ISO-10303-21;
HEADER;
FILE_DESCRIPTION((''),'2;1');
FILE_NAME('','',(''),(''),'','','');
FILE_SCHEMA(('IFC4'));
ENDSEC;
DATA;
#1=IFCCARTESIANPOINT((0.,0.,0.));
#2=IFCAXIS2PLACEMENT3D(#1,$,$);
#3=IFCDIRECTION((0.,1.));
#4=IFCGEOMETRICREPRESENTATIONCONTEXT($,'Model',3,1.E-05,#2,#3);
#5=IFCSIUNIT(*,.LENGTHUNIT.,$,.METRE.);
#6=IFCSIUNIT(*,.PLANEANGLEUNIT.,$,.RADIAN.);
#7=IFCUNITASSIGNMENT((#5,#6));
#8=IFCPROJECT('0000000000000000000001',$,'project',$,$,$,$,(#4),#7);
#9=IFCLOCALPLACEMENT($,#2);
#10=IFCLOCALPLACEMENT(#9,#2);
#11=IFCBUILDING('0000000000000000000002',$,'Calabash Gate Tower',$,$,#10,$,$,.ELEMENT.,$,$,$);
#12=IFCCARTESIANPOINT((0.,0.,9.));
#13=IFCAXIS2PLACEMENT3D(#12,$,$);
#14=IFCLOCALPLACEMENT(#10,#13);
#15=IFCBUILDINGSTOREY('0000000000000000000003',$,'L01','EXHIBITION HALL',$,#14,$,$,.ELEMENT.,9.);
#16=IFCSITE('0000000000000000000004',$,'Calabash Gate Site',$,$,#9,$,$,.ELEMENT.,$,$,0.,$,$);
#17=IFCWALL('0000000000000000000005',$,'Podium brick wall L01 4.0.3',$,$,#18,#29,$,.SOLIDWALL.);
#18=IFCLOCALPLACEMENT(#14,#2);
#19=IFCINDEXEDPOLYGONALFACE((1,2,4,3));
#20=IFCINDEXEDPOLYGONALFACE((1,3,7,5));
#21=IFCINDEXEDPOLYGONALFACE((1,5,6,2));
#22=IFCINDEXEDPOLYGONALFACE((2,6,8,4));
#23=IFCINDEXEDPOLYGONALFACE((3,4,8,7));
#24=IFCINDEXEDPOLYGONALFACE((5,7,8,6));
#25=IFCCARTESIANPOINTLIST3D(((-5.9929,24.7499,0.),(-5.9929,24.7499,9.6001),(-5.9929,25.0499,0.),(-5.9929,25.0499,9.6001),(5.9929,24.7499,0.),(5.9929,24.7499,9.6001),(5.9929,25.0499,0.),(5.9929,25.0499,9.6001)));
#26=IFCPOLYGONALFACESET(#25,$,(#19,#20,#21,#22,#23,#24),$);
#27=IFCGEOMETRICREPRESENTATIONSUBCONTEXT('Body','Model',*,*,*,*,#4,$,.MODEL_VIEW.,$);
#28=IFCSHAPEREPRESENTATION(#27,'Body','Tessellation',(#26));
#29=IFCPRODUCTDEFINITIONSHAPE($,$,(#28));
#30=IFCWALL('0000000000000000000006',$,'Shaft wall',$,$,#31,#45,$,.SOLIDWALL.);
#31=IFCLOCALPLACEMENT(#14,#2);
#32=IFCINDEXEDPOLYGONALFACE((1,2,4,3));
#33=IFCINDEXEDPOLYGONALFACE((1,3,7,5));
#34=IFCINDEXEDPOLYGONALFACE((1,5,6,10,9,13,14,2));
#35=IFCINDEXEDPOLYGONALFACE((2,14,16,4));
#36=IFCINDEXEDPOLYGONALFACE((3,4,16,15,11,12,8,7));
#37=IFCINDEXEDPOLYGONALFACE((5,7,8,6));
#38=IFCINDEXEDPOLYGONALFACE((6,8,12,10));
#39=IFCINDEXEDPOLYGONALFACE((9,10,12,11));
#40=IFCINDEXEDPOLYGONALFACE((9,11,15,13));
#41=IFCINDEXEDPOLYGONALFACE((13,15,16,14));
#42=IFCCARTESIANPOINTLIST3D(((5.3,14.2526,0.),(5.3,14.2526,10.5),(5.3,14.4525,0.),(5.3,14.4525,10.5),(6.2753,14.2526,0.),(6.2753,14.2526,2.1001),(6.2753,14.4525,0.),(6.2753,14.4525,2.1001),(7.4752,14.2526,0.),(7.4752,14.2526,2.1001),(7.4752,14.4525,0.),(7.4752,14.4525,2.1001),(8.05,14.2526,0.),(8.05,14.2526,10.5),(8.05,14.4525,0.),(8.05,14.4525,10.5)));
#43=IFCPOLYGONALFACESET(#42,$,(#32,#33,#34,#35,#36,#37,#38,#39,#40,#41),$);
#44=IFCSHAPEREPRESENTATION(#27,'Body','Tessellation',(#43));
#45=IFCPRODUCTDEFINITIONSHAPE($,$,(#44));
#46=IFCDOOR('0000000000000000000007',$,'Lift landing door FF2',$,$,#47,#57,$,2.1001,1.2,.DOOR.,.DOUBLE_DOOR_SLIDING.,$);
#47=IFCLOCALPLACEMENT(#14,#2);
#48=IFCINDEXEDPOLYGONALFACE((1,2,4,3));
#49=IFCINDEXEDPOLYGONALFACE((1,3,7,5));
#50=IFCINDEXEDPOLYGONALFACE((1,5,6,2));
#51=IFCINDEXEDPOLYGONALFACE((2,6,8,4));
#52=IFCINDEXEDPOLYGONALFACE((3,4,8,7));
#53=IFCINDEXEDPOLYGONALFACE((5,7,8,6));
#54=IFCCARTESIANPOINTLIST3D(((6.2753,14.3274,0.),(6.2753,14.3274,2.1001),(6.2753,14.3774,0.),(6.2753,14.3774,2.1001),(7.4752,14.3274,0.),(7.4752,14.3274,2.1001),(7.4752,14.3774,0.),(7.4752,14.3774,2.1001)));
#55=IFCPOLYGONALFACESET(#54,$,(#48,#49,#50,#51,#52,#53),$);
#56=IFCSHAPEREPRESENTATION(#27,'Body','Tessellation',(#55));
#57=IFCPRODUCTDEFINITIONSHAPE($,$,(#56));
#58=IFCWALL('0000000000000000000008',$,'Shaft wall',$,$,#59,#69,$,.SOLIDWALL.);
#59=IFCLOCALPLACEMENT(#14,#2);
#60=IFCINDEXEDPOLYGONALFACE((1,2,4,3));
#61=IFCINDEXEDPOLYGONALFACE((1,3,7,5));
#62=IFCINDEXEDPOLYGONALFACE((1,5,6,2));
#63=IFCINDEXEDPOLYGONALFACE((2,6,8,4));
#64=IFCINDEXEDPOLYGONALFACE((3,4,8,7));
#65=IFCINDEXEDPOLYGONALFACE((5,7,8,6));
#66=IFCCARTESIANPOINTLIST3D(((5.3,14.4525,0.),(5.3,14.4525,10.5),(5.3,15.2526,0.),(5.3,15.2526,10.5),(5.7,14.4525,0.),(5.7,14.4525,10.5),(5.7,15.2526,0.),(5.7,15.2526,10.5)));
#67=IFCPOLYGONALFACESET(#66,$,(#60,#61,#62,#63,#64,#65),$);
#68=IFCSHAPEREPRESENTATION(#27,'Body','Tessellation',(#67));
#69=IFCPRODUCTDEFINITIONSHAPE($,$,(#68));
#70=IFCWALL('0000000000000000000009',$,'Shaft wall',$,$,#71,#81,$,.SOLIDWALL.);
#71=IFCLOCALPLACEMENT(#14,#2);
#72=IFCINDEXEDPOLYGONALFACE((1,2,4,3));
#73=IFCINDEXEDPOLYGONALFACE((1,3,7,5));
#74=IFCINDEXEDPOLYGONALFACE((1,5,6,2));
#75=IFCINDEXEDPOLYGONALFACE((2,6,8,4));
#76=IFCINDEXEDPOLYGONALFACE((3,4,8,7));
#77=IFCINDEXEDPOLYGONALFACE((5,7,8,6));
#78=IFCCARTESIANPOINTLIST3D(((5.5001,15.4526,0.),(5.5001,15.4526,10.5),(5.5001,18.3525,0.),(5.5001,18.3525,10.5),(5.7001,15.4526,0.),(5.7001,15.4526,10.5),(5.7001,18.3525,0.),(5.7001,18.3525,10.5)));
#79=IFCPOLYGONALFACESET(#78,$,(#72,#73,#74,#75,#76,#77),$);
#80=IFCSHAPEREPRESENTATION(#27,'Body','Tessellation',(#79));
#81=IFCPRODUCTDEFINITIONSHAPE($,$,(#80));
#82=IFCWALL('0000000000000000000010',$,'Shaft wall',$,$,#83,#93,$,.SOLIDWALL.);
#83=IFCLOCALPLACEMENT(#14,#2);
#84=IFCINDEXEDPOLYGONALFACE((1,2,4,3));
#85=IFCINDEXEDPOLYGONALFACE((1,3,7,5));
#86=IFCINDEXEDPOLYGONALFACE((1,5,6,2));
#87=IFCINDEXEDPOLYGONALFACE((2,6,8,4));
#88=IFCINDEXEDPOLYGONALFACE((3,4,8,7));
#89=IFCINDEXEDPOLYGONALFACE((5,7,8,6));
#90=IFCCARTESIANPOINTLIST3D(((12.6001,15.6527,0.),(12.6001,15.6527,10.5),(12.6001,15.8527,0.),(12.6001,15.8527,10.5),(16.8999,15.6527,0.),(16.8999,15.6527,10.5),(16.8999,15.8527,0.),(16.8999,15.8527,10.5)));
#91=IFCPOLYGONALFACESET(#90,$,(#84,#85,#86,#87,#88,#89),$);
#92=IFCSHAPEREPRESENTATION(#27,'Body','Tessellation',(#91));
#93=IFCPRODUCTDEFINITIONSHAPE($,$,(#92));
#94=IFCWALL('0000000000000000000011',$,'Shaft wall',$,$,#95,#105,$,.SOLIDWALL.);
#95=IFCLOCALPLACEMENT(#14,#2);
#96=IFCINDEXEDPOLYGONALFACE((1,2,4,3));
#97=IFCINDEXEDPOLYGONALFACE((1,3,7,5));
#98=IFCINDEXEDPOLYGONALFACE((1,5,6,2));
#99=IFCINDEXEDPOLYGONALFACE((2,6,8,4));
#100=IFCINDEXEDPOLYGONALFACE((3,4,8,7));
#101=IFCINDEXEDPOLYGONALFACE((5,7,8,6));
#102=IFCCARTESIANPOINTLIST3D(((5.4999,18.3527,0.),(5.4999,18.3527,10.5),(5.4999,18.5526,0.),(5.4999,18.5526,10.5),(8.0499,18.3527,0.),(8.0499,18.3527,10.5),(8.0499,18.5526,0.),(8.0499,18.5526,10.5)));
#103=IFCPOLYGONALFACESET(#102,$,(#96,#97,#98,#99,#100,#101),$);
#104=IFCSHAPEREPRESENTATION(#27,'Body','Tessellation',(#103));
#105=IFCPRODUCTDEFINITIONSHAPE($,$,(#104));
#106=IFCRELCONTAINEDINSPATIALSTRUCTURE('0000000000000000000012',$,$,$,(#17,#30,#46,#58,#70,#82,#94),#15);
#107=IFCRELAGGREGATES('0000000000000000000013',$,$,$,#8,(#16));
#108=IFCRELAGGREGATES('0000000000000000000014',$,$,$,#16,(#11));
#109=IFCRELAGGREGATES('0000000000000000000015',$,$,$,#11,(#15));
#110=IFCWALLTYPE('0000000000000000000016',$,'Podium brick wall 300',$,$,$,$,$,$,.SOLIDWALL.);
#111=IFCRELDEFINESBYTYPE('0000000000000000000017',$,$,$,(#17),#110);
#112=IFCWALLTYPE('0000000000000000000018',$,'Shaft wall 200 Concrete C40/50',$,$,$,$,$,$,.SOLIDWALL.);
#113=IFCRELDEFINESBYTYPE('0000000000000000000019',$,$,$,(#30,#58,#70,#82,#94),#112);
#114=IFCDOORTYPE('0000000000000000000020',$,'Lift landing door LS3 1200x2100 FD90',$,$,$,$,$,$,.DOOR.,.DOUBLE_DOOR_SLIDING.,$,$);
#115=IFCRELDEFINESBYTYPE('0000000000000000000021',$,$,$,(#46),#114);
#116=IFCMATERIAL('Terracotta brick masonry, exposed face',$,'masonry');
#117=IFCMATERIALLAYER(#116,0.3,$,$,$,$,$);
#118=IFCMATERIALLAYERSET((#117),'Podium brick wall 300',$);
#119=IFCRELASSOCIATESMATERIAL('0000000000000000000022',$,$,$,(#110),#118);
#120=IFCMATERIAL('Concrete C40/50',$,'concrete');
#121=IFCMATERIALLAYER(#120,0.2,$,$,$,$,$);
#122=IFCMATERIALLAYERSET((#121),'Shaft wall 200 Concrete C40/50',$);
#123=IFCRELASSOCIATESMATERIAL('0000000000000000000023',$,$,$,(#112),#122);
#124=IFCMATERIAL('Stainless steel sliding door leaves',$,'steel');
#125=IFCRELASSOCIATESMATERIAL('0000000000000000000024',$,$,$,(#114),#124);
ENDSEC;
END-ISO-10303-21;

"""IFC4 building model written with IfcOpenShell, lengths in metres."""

from ifc_helpers import new_model, si_unit, direction, frame, frame_2d, origin, place, context, subcontext, project, spatial, rectangle, extrude, material, layer, layer_set, type_object, element, fill, save


model = new_model("IFC4")

# Units and contexts
model_context = context("Model", 3, precision=1e-05, world=origin(), true_north=direction((0.0, 1.0)))
body_context = subcontext(model_context, "Body", "Model", "MODEL_VIEW")
ifc_project = project(units=[si_unit("LENGTHUNIT", "METRE"), si_unit("PLANEANGLEUNIT", "RADIAN")], contexts=[model_context])

# Site, building, storey
site_placement = place(None, origin())
site = spatial("IfcSite", under=ifc_project, at=site_placement, Name="Calabash Gate Site", CompositionType="ELEMENT", RefElevation=0.0)
building_placement = place(site_placement, origin())
building = spatial("IfcBuilding", under=site, at=building_placement, Name="Calabash Gate Tower", CompositionType="ELEMENT")
storey_placement = place(building_placement, frame((0.0, 0.0, 9.0)))
storey = spatial("IfcBuildingStorey", under=building, at=storey_placement, Name="L01", Description="EXHIBITION HALL", CompositionType="ELEMENT", Elevation=9.0)

# Wall
ifc_material_1 = material(Name="Terracotta brick masonry, exposed face", Category="masonry")
ifc_layer_1 = layer(ifc_material_1, 0.3)
ifc_layer_set_1 = layer_set([ifc_layer_1], Name="Podium brick wall 300")
wall_type_1 = type_object("IfcWallType", Name="Podium brick wall 300", PredefinedType="SOLIDWALL", material=ifc_layer_set_1)
wall_1_placement = place(storey_placement, frame((5.9929, 24.8999, 0.0), z_axis=(0.0, 0.0, 1.0), x_axis=(-1.0, 0.0, 0.0)))
element("IfcWall", 1, at=wall_1_placement, inside=storey, type_object=wall_type_1, Name="Podium brick wall L01 4.0.3", PredefinedType="SOLIDWALL", context=body_context, shape_type="SweptSolid", body=[
    extrude(rectangle(XDim=11.9858, YDim=0.3, at=frame_2d((5.9929, 0.0))), origin(), (0.0, 0.0, 1.0), 9.6001),
])

# Wall, opening, door
ifc_material_2 = material(Name="Concrete C40/50", Category="concrete")
ifc_layer_2 = layer(ifc_material_2, 0.2)
ifc_layer_set_2 = layer_set([ifc_layer_2], Name="Shaft wall 200 Concrete C40/50")
wall_type_2 = type_object("IfcWallType", Name="Shaft wall 200 Concrete C40/50", PredefinedType="SOLIDWALL", material=ifc_layer_set_2)
wall_2_placement = place(storey_placement, frame((5.3, 14.3525, 0.0), z_axis=(0.0, 0.0, 1.0), x_axis=(1.0, 0.0, 0.0)))
wall_2 = element("IfcWall", 2, at=wall_2_placement, inside=storey, type_object=wall_type_2, Name="Shaft wall", PredefinedType="SOLIDWALL", context=body_context, shape_type="SweptSolid", body=[
    extrude(rectangle(XDim=2.75, YDim=0.2, at=frame_2d((1.375, 0.0))), origin(), (0.0, 0.0, 1.0), 10.5),
])
opening_placement = place(wall_2_placement, frame((0.9751, 0.0, 0.0)))
opening = element("IfcOpeningElement", 3, at=opening_placement, cuts=wall_2, PredefinedType="OPENING", context=body_context, shape_type="SweptSolid", body=[
    extrude(rectangle(XDim=1.2, YDim=2.1001, at=frame_2d((0.6001, 1.05))), frame((0.0, 0.1099, 0.0), z_axis=(0.0, -1.0, 0.0), x_axis=(1.0, 0.0, 0.0)), (0.0, 0.0, 1.0), 0.22),
])
ifc_material_3 = material(Name="Stainless steel sliding door leaves", Category="steel")
door_type = type_object("IfcDoorType", Name="Lift landing door LS3 1200x2100 FD90", OperationType="DOUBLE_DOOR_SLIDING", PredefinedType="DOOR", material=ifc_material_3)
door_placement = place(opening_placement, origin())
door = element("IfcDoor", 4, at=door_placement, inside=storey, type_object=door_type, Name="Lift landing door FF2", OperationType="DOUBLE_DOOR_SLIDING", OverallHeight=2.1001, OverallWidth=1.2, PredefinedType="DOOR", context=body_context, shape_type="SweptSolid", body=[
    extrude(rectangle(XDim=1.2, YDim=2.1001, at=frame_2d((0.6001, 1.05))), frame((0.0, 0.0249, 0.0), z_axis=(0.0, -1.0, 0.0), x_axis=(1.0, 0.0, 0.0)), (0.0, 0.0, 1.0), 0.05),
])
fill(opening, door)

# Walls
wall_3_placement = place(storey_placement, frame((5.5, 14.4526, 0.0), z_axis=(0.0, 0.0, 1.0), x_axis=(0.0, 1.0, 0.0)))
element("IfcWall", 5, at=wall_3_placement, inside=storey, type_object=wall_type_2, Name="Shaft wall", PredefinedType="SOLIDWALL", context=body_context, shape_type="SweptSolid", body=[
    extrude(rectangle(XDim=0.8, YDim=0.3999, at=frame_2d((0.3999, 0.0))), origin(), (0.0, 0.0, 1.0), 10.5),
])
wall_4_placement = place(storey_placement, frame((5.6001, 15.4526, 0.0), z_axis=(0.0, 0.0, 1.0), x_axis=(0.0, 1.0, 0.0)))
element("IfcWall", 6, at=wall_4_placement, inside=storey, type_object=wall_type_2, Name="Shaft wall", PredefinedType="SOLIDWALL", context=body_context, shape_type="SweptSolid", body=[
    extrude(rectangle(XDim=2.8999, YDim=0.2, at=frame_2d((1.45, 0.0))), origin(), (0.0, 0.0, 1.0), 10.5),
])
wall_5_placement = place(storey_placement, frame((12.6001, 15.7527, 0.0), z_axis=(0.0, 0.0, 1.0), x_axis=(1.0, 0.0, 0.0)))
element("IfcWall", 7, at=wall_5_placement, inside=storey, type_object=wall_type_2, Name="Shaft wall", PredefinedType="SOLIDWALL", context=body_context, shape_type="SweptSolid", body=[
    extrude(rectangle(XDim=4.2998, YDim=0.2, at=frame_2d((2.1499, 0.0))), origin(), (0.0, 0.0, 1.0), 10.5),
])
wall_6_placement = place(storey_placement, frame((5.5, 18.4526, 0.0), z_axis=(0.0, 0.0, 1.0), x_axis=(1.0, 0.0, 0.0)))
element("IfcWall", 8, at=wall_6_placement, inside=storey, type_object=wall_type_2, Name="Shaft wall", PredefinedType="SOLIDWALL", context=body_context, shape_type="SweptSolid", body=[
    extrude(rectangle(XDim=2.55, YDim=0.2, at=frame_2d((1.2749, 0.0))), origin(), (0.0, 0.0, 1.0), 10.5),
])

save(model, "model.ifc")
